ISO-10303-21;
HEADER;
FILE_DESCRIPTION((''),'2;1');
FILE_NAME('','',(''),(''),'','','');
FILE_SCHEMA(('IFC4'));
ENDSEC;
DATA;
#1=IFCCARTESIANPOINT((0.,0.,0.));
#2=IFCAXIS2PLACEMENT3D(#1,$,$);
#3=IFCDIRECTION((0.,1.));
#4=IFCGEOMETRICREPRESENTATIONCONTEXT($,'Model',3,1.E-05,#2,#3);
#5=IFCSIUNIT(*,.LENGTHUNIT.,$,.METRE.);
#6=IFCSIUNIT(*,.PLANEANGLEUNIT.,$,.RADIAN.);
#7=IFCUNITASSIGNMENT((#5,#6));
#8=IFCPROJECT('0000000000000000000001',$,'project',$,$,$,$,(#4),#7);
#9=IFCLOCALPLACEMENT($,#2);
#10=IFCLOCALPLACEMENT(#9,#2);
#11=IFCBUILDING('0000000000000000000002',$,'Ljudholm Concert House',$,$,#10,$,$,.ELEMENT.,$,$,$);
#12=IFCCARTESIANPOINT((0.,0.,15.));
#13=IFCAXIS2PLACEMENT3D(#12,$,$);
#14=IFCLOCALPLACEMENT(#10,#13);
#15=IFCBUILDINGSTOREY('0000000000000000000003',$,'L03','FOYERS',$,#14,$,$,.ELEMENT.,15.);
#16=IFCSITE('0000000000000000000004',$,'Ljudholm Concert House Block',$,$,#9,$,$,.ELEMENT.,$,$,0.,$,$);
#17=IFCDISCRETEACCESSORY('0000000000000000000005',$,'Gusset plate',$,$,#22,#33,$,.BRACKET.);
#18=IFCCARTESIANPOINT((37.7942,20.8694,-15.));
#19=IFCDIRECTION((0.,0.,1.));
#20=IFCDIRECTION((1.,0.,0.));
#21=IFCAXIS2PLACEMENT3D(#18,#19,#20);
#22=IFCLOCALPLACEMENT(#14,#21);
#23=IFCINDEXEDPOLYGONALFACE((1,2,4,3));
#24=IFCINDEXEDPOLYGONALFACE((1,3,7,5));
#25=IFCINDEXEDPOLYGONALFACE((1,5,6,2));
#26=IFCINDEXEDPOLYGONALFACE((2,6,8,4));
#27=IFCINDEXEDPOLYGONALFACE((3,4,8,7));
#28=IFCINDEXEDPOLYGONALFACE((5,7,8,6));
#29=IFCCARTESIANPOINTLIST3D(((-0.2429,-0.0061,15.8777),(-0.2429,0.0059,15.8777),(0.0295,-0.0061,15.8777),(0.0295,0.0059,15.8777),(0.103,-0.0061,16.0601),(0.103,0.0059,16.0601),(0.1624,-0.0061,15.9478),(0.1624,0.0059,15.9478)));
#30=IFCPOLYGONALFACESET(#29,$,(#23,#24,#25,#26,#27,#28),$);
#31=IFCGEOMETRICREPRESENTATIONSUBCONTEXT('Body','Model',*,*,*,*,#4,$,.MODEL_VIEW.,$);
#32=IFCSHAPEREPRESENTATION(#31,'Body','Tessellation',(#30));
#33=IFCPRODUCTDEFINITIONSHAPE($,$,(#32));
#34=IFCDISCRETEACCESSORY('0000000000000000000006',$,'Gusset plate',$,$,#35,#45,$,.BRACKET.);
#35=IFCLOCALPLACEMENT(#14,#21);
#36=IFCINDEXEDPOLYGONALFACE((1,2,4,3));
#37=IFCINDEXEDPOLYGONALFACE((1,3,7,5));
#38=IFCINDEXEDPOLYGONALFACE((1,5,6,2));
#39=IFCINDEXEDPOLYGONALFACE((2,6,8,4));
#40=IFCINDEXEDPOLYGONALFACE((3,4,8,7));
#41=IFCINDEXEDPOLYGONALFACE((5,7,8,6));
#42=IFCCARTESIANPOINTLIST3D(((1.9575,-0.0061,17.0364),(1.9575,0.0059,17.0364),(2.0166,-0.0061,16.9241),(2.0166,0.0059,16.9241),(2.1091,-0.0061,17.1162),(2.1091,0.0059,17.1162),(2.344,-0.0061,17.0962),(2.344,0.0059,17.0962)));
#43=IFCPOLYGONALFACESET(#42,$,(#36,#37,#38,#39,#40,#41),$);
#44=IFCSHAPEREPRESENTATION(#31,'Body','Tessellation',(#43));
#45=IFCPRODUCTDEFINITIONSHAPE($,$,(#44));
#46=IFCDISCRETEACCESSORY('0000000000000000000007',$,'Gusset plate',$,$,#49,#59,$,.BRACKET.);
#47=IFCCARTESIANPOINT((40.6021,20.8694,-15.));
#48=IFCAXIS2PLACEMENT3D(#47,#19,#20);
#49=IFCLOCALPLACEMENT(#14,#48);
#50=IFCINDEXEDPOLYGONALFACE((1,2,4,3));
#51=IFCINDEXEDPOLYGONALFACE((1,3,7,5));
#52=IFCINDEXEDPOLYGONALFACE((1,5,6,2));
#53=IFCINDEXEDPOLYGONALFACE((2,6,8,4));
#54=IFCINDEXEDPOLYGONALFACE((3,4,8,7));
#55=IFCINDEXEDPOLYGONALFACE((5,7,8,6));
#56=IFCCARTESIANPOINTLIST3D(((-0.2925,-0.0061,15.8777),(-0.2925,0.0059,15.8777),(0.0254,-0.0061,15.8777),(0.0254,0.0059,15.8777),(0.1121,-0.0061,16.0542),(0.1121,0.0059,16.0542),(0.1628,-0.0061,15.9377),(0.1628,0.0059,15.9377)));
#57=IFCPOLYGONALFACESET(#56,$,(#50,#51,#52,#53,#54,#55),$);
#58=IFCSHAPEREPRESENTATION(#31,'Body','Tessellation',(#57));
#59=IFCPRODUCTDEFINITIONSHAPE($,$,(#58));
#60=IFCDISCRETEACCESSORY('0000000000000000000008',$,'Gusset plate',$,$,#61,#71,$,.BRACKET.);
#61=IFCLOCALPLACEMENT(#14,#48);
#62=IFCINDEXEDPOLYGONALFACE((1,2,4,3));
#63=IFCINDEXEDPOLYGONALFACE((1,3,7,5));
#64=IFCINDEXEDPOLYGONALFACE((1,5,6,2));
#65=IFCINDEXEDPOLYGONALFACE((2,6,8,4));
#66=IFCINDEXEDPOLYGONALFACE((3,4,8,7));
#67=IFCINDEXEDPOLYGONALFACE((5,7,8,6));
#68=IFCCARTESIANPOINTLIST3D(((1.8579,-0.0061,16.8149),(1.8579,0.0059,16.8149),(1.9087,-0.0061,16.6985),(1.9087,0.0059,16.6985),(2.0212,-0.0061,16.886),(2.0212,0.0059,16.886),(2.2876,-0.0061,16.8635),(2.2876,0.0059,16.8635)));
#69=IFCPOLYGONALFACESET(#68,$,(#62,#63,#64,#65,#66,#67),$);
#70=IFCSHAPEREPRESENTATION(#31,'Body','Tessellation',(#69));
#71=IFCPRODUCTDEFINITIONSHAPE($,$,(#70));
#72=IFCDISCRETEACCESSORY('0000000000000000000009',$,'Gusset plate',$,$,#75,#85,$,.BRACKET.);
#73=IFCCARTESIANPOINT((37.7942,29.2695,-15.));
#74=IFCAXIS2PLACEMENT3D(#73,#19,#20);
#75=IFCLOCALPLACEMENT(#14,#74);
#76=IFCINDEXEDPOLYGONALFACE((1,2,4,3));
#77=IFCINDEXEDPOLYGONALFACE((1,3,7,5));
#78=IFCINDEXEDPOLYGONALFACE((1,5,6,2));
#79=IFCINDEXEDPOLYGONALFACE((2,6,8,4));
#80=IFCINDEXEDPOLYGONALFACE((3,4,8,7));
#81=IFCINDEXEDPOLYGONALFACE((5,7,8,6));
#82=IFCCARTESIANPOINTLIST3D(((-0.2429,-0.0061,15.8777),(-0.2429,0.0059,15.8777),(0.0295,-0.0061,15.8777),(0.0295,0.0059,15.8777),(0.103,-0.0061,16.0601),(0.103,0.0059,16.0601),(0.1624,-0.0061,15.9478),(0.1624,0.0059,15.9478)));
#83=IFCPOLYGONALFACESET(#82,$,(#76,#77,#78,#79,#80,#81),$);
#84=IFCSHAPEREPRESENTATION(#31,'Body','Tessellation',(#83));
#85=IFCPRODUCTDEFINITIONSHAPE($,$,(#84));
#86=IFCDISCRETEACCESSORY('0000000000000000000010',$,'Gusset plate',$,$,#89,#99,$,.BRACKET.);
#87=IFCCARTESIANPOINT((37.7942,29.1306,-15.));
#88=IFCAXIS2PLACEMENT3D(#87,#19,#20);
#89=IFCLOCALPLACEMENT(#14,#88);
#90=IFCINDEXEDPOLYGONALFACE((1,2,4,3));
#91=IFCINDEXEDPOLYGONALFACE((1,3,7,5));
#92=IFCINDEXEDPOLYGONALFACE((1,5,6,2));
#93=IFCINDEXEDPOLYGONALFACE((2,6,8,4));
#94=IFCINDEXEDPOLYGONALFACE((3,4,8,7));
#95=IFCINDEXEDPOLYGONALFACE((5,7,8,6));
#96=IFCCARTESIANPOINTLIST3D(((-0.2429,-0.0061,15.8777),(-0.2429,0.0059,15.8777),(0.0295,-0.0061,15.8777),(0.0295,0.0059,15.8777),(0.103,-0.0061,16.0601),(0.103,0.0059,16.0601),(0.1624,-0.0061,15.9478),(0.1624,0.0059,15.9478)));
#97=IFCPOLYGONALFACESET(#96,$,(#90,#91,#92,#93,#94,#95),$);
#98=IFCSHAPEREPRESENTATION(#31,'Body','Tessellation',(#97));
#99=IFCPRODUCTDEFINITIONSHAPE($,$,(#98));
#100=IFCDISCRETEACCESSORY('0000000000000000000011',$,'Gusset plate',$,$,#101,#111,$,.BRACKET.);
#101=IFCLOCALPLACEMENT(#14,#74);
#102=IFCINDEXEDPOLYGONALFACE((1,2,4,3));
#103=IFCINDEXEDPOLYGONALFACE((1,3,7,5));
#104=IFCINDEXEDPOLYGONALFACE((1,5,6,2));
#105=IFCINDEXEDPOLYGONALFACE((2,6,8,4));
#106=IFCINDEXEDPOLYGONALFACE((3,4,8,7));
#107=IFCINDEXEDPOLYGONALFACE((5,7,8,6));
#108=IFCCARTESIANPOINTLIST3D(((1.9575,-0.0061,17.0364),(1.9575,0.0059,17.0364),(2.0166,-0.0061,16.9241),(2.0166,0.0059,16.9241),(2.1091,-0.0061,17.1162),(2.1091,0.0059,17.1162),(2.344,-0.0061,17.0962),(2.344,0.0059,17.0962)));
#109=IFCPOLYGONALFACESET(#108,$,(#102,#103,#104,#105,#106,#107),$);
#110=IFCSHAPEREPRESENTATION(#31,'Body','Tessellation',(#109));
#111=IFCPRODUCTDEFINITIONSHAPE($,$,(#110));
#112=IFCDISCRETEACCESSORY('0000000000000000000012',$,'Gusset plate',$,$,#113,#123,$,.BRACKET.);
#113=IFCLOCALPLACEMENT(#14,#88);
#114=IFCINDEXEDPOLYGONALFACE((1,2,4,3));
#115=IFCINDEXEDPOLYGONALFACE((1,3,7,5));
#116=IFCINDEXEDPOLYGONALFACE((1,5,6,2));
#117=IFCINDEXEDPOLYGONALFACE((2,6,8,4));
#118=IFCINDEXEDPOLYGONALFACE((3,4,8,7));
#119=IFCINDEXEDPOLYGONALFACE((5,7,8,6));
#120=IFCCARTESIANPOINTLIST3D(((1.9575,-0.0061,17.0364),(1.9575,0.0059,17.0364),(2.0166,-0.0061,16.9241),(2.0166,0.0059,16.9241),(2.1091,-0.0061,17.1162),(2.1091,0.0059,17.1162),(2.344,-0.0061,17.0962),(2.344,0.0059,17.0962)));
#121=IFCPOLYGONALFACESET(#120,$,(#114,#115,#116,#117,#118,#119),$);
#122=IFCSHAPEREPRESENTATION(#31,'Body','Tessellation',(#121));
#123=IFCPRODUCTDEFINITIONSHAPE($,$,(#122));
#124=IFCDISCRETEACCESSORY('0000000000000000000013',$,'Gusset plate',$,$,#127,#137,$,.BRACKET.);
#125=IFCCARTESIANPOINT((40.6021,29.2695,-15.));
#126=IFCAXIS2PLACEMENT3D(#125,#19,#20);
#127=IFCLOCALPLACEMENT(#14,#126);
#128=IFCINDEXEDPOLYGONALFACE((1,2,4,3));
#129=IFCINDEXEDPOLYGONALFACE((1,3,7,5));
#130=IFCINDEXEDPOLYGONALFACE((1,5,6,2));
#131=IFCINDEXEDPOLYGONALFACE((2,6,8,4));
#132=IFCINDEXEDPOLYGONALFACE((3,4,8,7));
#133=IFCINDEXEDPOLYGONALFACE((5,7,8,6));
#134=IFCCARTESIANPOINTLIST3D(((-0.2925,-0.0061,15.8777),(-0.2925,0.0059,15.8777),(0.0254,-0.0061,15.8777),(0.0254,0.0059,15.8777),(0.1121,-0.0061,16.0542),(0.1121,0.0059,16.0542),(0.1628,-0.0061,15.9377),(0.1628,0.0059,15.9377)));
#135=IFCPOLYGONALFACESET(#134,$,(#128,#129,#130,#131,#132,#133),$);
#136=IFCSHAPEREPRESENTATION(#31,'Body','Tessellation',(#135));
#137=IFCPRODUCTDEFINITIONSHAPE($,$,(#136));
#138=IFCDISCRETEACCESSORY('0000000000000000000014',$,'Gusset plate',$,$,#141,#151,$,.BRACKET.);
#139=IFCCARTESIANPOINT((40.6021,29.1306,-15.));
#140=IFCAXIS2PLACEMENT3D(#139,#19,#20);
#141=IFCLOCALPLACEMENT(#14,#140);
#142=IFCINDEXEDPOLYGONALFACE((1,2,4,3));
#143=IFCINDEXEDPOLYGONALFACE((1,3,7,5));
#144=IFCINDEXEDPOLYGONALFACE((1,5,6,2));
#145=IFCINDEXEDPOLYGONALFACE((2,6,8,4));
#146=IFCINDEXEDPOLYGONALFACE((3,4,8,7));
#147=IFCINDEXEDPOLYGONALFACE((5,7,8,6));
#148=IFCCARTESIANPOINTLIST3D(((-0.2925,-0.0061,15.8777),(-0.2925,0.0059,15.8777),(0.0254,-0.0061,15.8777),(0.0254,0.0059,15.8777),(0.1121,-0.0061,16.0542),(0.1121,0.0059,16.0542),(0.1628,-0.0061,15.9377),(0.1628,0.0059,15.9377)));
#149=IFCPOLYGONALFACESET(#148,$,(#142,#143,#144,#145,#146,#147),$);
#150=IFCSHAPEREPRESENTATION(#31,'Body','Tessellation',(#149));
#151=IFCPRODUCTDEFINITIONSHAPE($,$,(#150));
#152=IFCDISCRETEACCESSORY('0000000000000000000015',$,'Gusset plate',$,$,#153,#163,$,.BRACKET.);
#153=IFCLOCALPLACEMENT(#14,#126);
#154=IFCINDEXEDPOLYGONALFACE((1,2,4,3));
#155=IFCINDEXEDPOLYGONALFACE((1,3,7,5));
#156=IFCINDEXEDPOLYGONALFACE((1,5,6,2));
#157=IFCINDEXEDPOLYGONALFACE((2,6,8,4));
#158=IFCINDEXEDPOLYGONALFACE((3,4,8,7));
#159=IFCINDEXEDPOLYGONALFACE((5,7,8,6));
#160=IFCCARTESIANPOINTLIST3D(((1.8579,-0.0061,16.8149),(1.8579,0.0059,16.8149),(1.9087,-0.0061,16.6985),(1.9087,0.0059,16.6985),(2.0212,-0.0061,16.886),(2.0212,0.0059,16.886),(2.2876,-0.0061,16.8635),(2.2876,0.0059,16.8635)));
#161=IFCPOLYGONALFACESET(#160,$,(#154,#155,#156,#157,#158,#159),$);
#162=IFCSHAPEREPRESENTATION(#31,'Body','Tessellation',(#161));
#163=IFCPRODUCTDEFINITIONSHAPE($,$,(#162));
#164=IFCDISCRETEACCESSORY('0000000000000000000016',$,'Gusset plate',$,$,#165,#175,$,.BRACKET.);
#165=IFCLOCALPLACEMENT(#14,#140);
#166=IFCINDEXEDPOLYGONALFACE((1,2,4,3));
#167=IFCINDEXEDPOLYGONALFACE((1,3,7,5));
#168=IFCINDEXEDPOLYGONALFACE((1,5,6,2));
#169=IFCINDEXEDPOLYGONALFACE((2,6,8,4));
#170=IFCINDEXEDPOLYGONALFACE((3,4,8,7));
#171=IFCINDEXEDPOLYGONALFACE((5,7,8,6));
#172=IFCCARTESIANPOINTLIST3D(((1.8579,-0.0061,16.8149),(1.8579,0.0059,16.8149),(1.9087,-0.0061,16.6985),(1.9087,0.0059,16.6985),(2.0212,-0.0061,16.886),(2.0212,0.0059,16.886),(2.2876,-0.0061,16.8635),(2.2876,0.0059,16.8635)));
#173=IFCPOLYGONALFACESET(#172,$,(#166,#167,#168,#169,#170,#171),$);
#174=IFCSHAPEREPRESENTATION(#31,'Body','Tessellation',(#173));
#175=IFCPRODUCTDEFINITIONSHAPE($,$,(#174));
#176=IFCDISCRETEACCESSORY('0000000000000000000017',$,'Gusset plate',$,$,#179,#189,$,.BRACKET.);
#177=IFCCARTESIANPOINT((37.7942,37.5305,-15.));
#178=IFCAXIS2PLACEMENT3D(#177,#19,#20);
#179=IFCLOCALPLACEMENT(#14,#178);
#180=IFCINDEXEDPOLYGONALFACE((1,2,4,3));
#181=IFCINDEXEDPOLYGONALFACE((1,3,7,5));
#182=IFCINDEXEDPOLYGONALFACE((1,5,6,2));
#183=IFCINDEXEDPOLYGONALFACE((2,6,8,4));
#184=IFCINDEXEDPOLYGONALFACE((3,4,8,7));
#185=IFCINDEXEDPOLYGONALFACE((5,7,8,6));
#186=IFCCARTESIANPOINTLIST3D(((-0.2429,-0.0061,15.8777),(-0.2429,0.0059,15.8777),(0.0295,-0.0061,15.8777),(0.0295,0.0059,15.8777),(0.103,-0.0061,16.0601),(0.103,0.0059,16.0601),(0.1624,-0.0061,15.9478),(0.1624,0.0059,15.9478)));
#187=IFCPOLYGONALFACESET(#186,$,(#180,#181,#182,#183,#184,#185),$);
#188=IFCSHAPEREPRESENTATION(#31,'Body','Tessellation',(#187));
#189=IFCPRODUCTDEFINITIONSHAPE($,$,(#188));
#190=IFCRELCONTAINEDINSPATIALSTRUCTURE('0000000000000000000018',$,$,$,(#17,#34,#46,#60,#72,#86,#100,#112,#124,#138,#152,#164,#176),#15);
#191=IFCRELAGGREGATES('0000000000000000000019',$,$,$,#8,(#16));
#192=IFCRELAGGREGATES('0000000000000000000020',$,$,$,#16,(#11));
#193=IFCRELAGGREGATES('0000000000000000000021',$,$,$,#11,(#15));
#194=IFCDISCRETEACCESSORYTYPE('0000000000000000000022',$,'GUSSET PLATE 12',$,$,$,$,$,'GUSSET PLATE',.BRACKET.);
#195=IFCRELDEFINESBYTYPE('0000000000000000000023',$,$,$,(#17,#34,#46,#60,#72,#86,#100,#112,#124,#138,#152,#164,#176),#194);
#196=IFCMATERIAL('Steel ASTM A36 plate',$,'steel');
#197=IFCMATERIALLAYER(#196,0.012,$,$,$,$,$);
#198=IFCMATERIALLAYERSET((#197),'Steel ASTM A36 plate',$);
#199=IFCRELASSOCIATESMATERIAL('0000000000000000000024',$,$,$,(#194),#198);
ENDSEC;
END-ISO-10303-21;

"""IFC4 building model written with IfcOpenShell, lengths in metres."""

from ifc_helpers import new_model, si_unit, direction, frame, origin, place, context, subcontext, project, spatial, polyline, outline, extrude, material, layer, layer_set, type_object, element, save


model = new_model("IFC4")

# Units and contexts
model_context = context("Model", 3, precision=1e-05, world=origin(), true_north=direction((0.0, 1.0)))
body_context = subcontext(model_context, "Body", "Model", "MODEL_VIEW")
ifc_project = project(units=[si_unit("LENGTHUNIT", "METRE"), si_unit("PLANEANGLEUNIT", "RADIAN")], contexts=[model_context])

# Site, building, storey
site_placement = place(None, origin())
site = spatial("IfcSite", under=ifc_project, at=site_placement, Name="Ljudholm Concert House Block", CompositionType="ELEMENT", RefElevation=0.0)
building_placement = place(site_placement, origin())
building = spatial("IfcBuilding", under=site, at=building_placement, Name="Ljudholm Concert House", CompositionType="ELEMENT")
storey_placement = place(building_placement, frame((0.0, 0.0, 15.0)))
storey = spatial("IfcBuildingStorey", under=building, at=storey_placement, Name="L03", Description="FOYERS", CompositionType="ELEMENT", Elevation=15.0)

# Discrete accessories
ifc_material_1 = material(Name="Steel ASTM A36 plate", Category="steel")
ifc_layer_1 = layer(ifc_material_1, 0.012)
ifc_layer_set_1 = layer_set([ifc_layer_1], Name="Steel ASTM A36 plate")
discrete_accessory_type_1 = type_object("IfcDiscreteAccessoryType", Name="GUSSET PLATE 12", ElementType="GUSSET PLATE", PredefinedType="BRACKET", material=ifc_layer_set_1)
discrete_accessory_1_placement = place(storey_placement, frame((37.7942, 20.8694, -15.0), z_axis=(0.0, 0.0, 1.0), x_axis=(1.0, 0.0, 0.0)))
element("IfcDiscreteAccessory", 1, at=discrete_accessory_1_placement, inside=storey, type_object=discrete_accessory_type_1, Name="Gusset plate", PredefinedType="BRACKET", context=body_context, shape_type="SweptSolid", body=[
    extrude(outline(polyline([(0.1624, 15.9478), (0.0295, 15.8777), (-0.2429, 15.8777), (0.103, 16.0601), (0.1624, 15.9478)])), frame((0.0, 0.0059, 0.0), z_axis=(0.0, -1.0, 0.0), x_axis=(1.0, 0.0, 0.0)), (0.0, 0.0, 1.0), 0.012),
])
discrete_accessory_2_placement = place(storey_placement, frame((37.7942, 20.8694, -15.0), z_axis=(0.0, 0.0, 1.0), x_axis=(1.0, 0.0, 0.0)))
element("IfcDiscreteAccessory", 2, at=discrete_accessory_2_placement, inside=storey, type_object=discrete_accessory_type_1, Name="Gusset plate", PredefinedType="BRACKET", context=body_context, shape_type="SweptSolid", body=[
    extrude(outline(polyline([(1.9575, 17.0364), (2.1091, 17.1162), (2.344, 17.0962), (2.0166, 16.9241), (1.9575, 17.0364)])), frame((0.0, 0.0059, 0.0), z_axis=(0.0, -1.0, 0.0), x_axis=(1.0, 0.0, 0.0)), (0.0, 0.0, 1.0), 0.012),
])
discrete_accessory_3_placement = place(storey_placement, frame((40.6021, 20.8694, -15.0), z_axis=(0.0, 0.0, 1.0), x_axis=(1.0, 0.0, 0.0)))
element("IfcDiscreteAccessory", 3, at=discrete_accessory_3_placement, inside=storey, type_object=discrete_accessory_type_1, Name="Gusset plate", PredefinedType="BRACKET", context=body_context, shape_type="SweptSolid", body=[
    extrude(outline(polyline([(0.1628, 15.9377), (0.0254, 15.8777), (-0.2925, 15.8777), (0.1121, 16.0542), (0.1628, 15.9377)])), frame((0.0, 0.0059, 0.0), z_axis=(0.0, -1.0, 0.0), x_axis=(1.0, 0.0, 0.0)), (0.0, 0.0, 1.0), 0.012),
])
discrete_accessory_4_placement = place(storey_placement, frame((40.6021, 20.8694, -15.0), z_axis=(0.0, 0.0, 1.0), x_axis=(1.0, 0.0, 0.0)))
element("IfcDiscreteAccessory", 4, at=discrete_accessory_4_placement, inside=storey, type_object=discrete_accessory_type_1, Name="Gusset plate", PredefinedType="BRACKET", context=body_context, shape_type="SweptSolid", body=[
    extrude(outline(polyline([(1.8579, 16.8149), (2.0212, 16.886), (2.2876, 16.8635), (1.9087, 16.6985), (1.8579, 16.8149)])), frame((0.0, 0.0059, 0.0), z_axis=(0.0, -1.0, 0.0), x_axis=(1.0, 0.0, 0.0)), (0.0, 0.0, 1.0), 0.012),
])
for number, where, z_axis, x_axis, name in (
    (5, (37.7942, 29.2695, -15.0), (0.0, 0.0, 1.0), (1.0, 0.0, 0.0), "Gusset plate"),
    (6, (37.7942, 29.1306, -15.0), (0.0, 0.0, 1.0), (1.0, 0.0, 0.0), "Gusset plate"),
):
    element("IfcDiscreteAccessory", number, at=place(storey_placement, frame(where, z_axis=z_axis, x_axis=x_axis)), inside=storey, type_object=discrete_accessory_type_1, Name=name, PredefinedType="BRACKET", context=body_context, shape_type="SweptSolid", body=[
        extrude(outline(polyline([(0.1624, 15.9478), (0.0295, 15.8777), (-0.2429, 15.8777), (0.103, 16.0601), (0.1624, 15.9478)])), frame((0.0, 0.0059, 0.0), z_axis=(0.0, -1.0, 0.0), x_axis=(1.0, 0.0, 0.0)), (0.0, 0.0, 1.0), 0.012),
    ])
for number, where, z_axis, x_axis, name in (
    (7, (37.7942, 29.2695, -15.0), (0.0, 0.0, 1.0), (1.0, 0.0, 0.0), "Gusset plate"),
    (8, (37.7942, 29.1306, -15.0), (0.0, 0.0, 1.0), (1.0, 0.0, 0.0), "Gusset plate"),
):
    element("IfcDiscreteAccessory", number, at=place(storey_placement, frame(where, z_axis=z_axis, x_axis=x_axis)), inside=storey, type_object=discrete_accessory_type_1, Name=name, PredefinedType="BRACKET", context=body_context, shape_type="SweptSolid", body=[
        extrude(outline(polyline([(1.9575, 17.0364), (2.1091, 17.1162), (2.344, 17.0962), (2.0166, 16.9241), (1.9575, 17.0364)])), frame((0.0, 0.0059, 0.0), z_axis=(0.0, -1.0, 0.0), x_axis=(1.0, 0.0, 0.0)), (0.0, 0.0, 1.0), 0.012),
    ])
for number, where, z_axis, x_axis, name in (
    (9, (40.6021, 29.2695, -15.0), (0.0, 0.0, 1.0), (1.0, 0.0, 0.0), "Gusset plate"),
    (10, (40.6021, 29.1306, -15.0), (0.0, 0.0, 1.0), (1.0, 0.0, 0.0), "Gusset plate"),
):
    element("IfcDiscreteAccessory", number, at=place(storey_placement, frame(where, z_axis=z_axis, x_axis=x_axis)), inside=storey, type_object=discrete_accessory_type_1, Name=name, PredefinedType="BRACKET", context=body_context, shape_type="SweptSolid", body=[
        extrude(outline(polyline([(0.1628, 15.9377), (0.0254, 15.8777), (-0.2925, 15.8777), (0.1121, 16.0542), (0.1628, 15.9377)])), frame((0.0, 0.0059, 0.0), z_axis=(0.0, -1.0, 0.0), x_axis=(1.0, 0.0, 0.0)), (0.0, 0.0, 1.0), 0.012),
    ])
for number, where, z_axis, x_axis, name in (
    (11, (40.6021, 29.2695, -15.0), (0.0, 0.0, 1.0), (1.0, 0.0, 0.0), "Gusset plate"),
    (12, (40.6021, 29.1306, -15.0), (0.0, 0.0, 1.0), (1.0, 0.0, 0.0), "Gusset plate"),
):
    element("IfcDiscreteAccessory", number, at=place(storey_placement, frame(where, z_axis=z_axis, x_axis=x_axis)), inside=storey, type_object=discrete_accessory_type_1, Name=name, PredefinedType="BRACKET", context=body_context, shape_type="SweptSolid", body=[
        extrude(outline(polyline([(1.8579, 16.8149), (2.0212, 16.886), (2.2876, 16.8635), (1.9087, 16.6985), (1.8579, 16.8149)])), frame((0.0, 0.0059, 0.0), z_axis=(0.0, -1.0, 0.0), x_axis=(1.0, 0.0, 0.0)), (0.0, 0.0, 1.0), 0.012),
    ])
discrete_accessory_5_placement = place(storey_placement, frame((37.7942, 37.5305, -15.0), z_axis=(0.0, 0.0, 1.0), x_axis=(1.0, 0.0, 0.0)))
element("IfcDiscreteAccessory", 13, at=discrete_accessory_5_placement, inside=storey, type_object=discrete_accessory_type_1, Name="Gusset plate", PredefinedType="BRACKET", context=body_context, shape_type="SweptSolid", body=[
    extrude(outline(polyline([(0.1624, 15.9478), (0.0295, 15.8777), (-0.2429, 15.8777), (0.103, 16.0601), (0.1624, 15.9478)])), frame((0.0, 0.0059, 0.0), z_axis=(0.0, -1.0, 0.0), x_axis=(1.0, 0.0, 0.0)), (0.0, 0.0, 1.0), 0.012),
])

save(model, "model.ifc")
